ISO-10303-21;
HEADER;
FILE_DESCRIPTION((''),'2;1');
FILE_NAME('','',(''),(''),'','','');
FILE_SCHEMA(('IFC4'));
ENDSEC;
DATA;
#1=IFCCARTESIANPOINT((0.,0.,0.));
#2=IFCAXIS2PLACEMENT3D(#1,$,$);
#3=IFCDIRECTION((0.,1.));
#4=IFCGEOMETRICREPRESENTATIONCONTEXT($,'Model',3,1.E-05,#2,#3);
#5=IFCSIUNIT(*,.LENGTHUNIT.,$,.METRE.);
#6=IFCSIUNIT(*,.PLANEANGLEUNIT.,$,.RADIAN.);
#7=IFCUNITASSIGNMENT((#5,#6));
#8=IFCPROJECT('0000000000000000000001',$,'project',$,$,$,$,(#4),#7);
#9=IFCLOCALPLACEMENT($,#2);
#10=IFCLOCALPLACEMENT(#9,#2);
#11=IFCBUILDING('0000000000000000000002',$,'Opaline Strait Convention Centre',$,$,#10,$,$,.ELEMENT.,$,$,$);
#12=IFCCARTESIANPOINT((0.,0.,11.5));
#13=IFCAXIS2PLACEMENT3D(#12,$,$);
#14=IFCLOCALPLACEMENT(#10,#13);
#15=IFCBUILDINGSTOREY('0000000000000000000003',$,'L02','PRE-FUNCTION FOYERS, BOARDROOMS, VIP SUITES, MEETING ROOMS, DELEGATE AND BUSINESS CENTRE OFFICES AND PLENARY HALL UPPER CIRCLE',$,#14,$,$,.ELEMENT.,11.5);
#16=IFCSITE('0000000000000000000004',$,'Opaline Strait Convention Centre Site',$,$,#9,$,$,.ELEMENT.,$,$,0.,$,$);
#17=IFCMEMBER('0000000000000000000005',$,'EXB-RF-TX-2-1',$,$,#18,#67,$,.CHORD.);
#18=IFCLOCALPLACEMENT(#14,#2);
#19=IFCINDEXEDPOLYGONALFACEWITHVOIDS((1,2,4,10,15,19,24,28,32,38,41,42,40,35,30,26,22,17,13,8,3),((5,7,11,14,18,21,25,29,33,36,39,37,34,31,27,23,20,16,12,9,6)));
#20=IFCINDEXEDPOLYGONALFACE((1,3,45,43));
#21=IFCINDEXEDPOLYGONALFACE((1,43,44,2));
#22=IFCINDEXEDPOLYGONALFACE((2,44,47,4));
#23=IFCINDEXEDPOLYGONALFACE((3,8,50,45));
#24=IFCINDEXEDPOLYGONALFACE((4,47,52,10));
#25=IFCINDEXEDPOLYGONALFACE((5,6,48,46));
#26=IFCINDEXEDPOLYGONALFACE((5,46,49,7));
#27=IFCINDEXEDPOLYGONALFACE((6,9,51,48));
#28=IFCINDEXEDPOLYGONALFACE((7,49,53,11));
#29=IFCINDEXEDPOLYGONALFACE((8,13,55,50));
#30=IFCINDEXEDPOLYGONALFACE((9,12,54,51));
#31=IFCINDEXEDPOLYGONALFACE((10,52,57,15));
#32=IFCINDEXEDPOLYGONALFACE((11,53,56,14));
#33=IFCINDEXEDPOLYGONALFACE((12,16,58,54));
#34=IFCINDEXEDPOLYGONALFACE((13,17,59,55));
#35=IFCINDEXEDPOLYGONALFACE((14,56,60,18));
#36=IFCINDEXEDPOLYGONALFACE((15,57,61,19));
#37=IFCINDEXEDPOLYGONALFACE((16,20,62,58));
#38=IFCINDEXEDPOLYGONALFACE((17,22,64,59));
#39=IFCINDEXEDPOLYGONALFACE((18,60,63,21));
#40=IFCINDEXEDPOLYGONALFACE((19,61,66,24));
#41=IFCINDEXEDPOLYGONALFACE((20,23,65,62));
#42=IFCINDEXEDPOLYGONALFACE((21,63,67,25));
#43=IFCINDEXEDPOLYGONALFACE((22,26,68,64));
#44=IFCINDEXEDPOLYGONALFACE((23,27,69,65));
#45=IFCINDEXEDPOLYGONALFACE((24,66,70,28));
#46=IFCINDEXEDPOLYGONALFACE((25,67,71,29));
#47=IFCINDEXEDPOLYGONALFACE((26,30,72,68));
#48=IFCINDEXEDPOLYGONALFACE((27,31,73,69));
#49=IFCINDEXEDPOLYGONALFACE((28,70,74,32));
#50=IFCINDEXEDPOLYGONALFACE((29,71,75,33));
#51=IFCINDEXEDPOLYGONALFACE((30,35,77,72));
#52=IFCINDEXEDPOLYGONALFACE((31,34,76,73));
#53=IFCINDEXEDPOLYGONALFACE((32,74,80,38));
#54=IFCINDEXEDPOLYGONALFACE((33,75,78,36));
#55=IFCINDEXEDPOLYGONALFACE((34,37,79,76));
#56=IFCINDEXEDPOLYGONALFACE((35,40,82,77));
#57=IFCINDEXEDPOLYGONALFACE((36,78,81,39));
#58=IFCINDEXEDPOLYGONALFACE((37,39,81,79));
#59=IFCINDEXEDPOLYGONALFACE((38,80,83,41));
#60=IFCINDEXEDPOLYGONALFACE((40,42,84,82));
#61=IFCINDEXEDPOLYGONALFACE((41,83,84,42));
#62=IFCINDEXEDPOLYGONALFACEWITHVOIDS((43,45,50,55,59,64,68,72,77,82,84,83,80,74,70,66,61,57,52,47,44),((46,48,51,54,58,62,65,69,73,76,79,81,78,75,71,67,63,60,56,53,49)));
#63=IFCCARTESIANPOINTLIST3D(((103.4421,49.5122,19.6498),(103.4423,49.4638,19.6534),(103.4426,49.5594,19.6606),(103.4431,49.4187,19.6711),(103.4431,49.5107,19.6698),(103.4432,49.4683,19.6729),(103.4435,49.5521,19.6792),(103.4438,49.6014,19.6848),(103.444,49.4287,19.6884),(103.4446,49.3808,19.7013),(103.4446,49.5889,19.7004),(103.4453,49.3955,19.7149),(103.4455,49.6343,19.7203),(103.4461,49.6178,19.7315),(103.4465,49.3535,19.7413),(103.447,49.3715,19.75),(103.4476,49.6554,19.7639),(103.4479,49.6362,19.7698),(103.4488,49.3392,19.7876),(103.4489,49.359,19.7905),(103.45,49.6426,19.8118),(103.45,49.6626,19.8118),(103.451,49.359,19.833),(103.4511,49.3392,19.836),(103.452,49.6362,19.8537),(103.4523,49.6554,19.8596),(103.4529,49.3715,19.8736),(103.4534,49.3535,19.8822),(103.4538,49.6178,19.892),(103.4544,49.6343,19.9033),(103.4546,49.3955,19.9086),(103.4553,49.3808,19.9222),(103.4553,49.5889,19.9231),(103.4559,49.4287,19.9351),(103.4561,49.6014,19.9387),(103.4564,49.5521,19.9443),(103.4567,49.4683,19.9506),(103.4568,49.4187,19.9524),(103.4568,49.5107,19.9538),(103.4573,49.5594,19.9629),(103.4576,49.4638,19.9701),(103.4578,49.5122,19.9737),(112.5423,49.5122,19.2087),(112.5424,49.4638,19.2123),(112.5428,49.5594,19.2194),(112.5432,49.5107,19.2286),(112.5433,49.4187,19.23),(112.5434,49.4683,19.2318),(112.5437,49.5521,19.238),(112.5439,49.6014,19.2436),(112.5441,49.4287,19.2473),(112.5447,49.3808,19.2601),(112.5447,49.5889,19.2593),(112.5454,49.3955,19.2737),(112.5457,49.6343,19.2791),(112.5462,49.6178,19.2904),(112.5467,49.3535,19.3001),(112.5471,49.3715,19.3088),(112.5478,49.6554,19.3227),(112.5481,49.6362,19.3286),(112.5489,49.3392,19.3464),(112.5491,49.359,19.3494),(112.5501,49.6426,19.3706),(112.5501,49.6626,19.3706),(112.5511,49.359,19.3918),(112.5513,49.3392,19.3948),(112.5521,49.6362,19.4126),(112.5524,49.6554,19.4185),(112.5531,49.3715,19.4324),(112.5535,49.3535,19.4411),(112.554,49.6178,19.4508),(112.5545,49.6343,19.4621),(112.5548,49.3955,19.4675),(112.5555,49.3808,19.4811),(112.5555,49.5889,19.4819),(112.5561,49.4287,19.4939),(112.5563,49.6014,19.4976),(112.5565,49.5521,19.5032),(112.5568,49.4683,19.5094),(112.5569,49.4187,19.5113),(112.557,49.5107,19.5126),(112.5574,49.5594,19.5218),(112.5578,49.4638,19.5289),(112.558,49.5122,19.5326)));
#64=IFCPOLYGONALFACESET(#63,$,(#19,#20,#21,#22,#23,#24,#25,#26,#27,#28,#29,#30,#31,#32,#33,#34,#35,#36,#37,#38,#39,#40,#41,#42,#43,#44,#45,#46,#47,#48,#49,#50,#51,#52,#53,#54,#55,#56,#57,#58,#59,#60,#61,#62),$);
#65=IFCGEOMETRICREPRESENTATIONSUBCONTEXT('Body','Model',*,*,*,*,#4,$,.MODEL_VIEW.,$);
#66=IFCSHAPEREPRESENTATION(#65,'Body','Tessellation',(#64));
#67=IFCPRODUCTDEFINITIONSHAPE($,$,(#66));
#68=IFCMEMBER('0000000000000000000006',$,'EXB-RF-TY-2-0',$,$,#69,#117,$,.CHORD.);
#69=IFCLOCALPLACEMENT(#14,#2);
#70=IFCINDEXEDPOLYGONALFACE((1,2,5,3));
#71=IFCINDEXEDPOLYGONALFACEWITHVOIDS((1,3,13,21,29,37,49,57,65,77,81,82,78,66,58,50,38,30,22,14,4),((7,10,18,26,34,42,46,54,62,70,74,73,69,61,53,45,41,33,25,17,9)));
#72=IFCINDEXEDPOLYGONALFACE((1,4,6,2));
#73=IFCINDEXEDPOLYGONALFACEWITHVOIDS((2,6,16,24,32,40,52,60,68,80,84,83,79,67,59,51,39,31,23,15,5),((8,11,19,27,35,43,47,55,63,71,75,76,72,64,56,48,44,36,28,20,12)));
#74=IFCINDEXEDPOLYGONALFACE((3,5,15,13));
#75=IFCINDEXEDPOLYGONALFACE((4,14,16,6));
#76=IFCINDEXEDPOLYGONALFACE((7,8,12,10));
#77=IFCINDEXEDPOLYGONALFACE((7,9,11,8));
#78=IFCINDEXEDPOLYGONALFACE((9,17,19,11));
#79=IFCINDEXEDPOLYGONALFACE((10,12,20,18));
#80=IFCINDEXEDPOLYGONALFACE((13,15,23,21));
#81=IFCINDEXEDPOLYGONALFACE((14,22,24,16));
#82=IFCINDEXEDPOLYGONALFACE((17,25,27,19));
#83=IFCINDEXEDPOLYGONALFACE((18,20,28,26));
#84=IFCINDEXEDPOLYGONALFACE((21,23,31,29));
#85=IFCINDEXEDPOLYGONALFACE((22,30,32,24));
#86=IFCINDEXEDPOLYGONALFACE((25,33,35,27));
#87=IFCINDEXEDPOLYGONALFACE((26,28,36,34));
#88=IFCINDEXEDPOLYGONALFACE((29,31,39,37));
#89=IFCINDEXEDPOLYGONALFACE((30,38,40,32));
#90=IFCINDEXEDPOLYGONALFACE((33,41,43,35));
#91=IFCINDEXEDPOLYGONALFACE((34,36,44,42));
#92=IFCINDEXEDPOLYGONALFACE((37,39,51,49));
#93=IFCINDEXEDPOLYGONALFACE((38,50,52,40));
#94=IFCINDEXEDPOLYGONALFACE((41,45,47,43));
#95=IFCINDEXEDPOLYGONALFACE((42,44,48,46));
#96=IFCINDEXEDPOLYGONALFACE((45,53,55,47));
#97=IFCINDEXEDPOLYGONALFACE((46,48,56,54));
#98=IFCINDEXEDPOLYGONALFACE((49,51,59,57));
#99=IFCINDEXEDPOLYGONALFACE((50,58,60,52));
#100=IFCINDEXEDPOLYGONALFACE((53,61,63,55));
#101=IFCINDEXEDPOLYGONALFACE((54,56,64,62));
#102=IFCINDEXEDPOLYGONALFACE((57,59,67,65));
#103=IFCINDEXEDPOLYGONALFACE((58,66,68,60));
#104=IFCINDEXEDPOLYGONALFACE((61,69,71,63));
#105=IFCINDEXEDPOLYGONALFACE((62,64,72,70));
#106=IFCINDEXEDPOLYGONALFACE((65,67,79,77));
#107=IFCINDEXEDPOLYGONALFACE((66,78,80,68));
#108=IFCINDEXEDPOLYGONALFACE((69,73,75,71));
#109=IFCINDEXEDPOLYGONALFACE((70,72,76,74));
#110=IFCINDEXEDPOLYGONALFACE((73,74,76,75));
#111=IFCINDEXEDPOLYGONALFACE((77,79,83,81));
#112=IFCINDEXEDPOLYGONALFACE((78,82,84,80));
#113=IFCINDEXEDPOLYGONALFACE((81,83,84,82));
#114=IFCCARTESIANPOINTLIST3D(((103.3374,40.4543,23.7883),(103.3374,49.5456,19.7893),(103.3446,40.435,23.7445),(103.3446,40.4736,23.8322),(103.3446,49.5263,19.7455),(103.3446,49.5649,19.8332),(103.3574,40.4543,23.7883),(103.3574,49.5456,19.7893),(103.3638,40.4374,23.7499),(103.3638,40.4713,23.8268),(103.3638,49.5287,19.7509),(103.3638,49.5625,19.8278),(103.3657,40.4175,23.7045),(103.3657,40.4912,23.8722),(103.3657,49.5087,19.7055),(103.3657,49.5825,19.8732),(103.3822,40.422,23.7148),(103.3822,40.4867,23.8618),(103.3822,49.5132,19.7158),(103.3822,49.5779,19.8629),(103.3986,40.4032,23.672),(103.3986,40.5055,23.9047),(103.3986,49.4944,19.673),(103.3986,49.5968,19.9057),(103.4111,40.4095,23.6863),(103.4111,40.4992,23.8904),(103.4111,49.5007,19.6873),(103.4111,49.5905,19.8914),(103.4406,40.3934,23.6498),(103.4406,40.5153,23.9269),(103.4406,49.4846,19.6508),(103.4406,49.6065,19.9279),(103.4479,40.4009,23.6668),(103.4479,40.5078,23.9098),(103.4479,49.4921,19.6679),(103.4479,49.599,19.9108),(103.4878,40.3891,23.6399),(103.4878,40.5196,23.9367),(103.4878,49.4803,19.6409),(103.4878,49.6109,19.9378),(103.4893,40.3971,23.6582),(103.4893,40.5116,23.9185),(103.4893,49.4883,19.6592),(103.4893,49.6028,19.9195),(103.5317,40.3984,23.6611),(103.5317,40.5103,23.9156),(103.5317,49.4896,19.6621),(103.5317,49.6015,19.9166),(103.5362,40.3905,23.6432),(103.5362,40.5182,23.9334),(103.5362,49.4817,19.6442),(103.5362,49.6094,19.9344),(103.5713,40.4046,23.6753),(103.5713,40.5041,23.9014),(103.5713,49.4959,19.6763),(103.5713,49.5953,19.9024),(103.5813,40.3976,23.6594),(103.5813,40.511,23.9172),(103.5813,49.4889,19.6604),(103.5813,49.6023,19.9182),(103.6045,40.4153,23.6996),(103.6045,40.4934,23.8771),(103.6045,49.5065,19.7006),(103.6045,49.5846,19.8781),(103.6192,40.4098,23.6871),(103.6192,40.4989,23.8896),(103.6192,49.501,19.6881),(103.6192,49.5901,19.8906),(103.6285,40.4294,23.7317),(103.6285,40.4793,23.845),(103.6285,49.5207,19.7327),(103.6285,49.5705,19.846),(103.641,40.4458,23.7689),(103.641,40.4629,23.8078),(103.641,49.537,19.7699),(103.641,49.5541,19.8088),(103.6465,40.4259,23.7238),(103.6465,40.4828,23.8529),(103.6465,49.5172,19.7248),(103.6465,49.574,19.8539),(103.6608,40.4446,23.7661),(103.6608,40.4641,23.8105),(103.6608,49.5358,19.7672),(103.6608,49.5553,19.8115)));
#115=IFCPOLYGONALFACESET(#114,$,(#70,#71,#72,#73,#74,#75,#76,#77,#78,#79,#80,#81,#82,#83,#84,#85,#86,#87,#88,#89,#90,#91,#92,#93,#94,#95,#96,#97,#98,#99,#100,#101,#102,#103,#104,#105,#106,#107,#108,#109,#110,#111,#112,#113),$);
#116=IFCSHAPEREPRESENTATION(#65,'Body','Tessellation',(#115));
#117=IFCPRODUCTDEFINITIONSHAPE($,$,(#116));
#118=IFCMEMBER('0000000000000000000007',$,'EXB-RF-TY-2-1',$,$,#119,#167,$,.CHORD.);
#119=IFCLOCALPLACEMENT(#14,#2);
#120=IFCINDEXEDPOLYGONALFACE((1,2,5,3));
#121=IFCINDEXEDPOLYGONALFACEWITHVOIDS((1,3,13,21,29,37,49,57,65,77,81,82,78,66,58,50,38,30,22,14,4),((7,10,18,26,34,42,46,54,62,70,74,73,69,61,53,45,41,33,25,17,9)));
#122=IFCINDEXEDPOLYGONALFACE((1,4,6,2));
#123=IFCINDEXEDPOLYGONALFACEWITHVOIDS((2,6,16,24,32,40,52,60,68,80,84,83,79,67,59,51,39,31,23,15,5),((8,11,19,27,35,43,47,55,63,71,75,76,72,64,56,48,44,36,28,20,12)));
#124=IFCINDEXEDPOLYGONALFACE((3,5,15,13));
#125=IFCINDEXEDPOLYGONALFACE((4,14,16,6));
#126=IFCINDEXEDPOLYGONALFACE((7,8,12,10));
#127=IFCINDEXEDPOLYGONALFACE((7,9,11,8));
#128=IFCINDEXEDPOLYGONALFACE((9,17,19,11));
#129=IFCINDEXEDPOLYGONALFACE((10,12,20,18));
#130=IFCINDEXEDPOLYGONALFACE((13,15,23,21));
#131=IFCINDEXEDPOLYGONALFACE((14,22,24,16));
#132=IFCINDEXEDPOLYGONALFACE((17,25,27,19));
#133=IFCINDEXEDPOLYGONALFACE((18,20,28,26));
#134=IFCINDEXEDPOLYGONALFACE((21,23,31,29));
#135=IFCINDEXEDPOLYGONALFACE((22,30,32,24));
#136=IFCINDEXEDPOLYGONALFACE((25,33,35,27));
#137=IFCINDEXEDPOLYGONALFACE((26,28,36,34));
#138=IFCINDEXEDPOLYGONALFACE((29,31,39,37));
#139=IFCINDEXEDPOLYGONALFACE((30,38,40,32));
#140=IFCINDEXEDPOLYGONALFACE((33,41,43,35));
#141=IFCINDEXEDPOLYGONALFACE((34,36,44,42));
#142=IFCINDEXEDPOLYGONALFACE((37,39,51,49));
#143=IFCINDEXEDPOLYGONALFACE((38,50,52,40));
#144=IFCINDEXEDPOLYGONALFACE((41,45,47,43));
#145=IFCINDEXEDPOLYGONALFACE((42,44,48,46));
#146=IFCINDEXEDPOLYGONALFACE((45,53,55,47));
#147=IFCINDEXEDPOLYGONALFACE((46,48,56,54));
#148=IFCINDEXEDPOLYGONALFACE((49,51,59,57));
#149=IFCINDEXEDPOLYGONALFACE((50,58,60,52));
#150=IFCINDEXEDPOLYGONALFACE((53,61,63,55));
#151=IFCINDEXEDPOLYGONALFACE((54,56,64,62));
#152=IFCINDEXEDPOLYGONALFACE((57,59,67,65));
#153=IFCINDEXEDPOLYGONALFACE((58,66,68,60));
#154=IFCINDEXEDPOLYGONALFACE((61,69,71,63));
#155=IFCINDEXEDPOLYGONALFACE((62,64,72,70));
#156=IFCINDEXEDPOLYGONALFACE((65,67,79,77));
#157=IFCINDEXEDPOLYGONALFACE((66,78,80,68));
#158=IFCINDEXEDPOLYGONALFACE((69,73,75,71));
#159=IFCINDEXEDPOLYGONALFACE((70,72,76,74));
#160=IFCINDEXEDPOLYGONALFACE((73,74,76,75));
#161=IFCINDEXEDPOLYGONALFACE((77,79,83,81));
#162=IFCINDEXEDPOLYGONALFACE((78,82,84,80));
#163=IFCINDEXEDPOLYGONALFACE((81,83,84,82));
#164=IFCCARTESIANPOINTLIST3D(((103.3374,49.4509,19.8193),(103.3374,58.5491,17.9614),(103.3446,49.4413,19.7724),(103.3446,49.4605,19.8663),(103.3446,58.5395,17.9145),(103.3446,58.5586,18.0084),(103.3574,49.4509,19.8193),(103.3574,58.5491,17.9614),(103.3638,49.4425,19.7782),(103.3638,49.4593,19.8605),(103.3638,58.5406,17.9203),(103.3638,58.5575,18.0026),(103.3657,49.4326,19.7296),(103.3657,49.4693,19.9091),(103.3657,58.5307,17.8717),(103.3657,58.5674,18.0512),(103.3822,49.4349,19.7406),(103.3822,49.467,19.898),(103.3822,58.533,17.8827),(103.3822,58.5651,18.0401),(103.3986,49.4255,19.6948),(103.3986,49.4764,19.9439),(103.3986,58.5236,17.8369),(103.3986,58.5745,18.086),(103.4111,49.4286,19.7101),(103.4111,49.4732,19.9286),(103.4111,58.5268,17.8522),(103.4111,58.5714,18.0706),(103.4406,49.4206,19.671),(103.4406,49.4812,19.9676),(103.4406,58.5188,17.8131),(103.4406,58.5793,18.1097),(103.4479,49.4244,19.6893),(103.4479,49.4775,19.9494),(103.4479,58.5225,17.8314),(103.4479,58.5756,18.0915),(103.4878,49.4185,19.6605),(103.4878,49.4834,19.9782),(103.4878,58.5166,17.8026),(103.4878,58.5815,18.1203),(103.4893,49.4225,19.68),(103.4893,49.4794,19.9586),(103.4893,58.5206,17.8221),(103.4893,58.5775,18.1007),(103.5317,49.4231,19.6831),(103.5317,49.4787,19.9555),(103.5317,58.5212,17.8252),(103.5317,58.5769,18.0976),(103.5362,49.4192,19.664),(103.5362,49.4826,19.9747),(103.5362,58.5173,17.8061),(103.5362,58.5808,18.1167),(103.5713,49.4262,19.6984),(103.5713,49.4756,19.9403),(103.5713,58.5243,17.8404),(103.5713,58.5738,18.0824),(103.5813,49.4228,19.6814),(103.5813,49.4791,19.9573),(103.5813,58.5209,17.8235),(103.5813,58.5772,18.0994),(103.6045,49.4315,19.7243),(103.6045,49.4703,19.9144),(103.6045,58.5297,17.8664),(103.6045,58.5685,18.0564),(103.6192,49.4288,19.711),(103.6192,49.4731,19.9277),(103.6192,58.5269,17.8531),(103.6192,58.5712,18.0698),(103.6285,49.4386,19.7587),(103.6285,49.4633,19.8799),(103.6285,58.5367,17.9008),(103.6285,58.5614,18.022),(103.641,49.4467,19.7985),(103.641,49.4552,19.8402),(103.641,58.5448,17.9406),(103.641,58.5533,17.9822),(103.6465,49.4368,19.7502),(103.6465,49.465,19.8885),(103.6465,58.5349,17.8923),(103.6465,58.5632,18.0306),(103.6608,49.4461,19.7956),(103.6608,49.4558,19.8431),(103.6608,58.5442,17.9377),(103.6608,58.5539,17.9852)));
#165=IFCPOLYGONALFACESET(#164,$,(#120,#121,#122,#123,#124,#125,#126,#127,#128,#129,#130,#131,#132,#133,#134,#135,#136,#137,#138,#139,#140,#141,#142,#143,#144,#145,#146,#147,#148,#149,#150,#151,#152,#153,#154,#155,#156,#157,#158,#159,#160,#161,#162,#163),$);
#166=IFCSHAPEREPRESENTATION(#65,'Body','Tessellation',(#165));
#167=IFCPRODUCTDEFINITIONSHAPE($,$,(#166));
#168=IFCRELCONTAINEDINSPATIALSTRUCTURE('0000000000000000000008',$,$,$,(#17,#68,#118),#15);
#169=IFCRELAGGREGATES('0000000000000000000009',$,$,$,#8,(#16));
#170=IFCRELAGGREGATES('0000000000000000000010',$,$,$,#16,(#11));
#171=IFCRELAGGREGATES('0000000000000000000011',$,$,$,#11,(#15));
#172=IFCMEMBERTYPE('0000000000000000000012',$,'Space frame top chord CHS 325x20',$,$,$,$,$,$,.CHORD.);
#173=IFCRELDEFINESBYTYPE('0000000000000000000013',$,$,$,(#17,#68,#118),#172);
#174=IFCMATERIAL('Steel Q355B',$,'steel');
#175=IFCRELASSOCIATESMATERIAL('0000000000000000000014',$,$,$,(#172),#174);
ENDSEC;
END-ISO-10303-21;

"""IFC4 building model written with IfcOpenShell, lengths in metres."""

from ifc_helpers import new_model, si_unit, direction, frame, origin, origin_2d, place, context, subcontext, project, spatial, hollow_circle, extrude, material, material_profile, profile_set, type_object, element, save


model = new_model("IFC4")

# Units and contexts
model_context = context("Model", 3, precision=1e-05, world=origin(), true_north=direction((0.0, 1.0)))
body_context = subcontext(model_context, "Body", "Model", "MODEL_VIEW")
ifc_project = project(units=[si_unit("LENGTHUNIT", "METRE"), si_unit("PLANEANGLEUNIT", "RADIAN")], contexts=[model_context])

# Site, building, storey
site_placement = place(None, origin())
site = spatial("IfcSite", under=ifc_project, at=site_placement, Name="Opaline Strait Convention Centre Site", CompositionType="ELEMENT", RefElevation=0.0)
building_placement = place(site_placement, origin())
building = spatial("IfcBuilding", under=site, at=building_placement, Name="Opaline Strait Convention Centre", CompositionType="ELEMENT")
storey_placement = place(building_placement, frame((0.0, 0.0, 11.5)))
storey = spatial("IfcBuildingStorey", under=building, at=storey_placement, Name="L02", Description="PRE-FUNCTION FOYERS, BOARDROOMS, VIP SUITES, MEETING ROOMS, DELEGATE AND BUSINESS CENTRE OFFICES AND PLENARY HALL UPPER CIRCLE", CompositionType="ELEMENT", Elevation=11.5)

# Members
ifc_material_1 = material(Name="Steel Q355B", Category="steel")
ifc_material_profile_1 = material_profile(ifc_material_1, hollow_circle(Radius=0.1626, WallThickness=0.02, at=origin_2d()), Name="CHS 325x20")
ifc_profile_set_1 = profile_set([ifc_material_profile_1], Name="Steel Q355B")
member_type_1 = type_object("IfcMemberType", Name="Space frame top chord CHS 325x20", PredefinedType="CHORD", material=ifc_profile_set_1)
member_1_placement = place(storey_placement, frame((103.45, 49.5, 19.8118), z_axis=(0.998827, 0.0, -0.048422), x_axis=(0.0, 1.0, 0.0)))
element("IfcMember", 1, at=member_1_placement, inside=storey, type_object=member_type_1, Name="EXB-RF-TX-2-1", PredefinedType="CHORD", context=body_context, shape_type="SweptSolid", body=[
    extrude(hollow_circle(Radius=0.1626, WallThickness=0.02, at=origin_2d()), origin(), (0.0, 0.0, 1.0), 9.1108),
])
member_2_placement = place(storey_placement, frame((103.5, 40.4543, 23.7883), z_axis=(0.0, 0.915358, -0.402641), x_axis=(-1.0, 0.0, 0.0)))
element("IfcMember", 2, at=member_2_placement, inside=storey, type_object=member_type_1, Name="EXB-RF-TY-2-0", PredefinedType="CHORD", context=body_context, shape_type="SweptSolid", body=[
    extrude(hollow_circle(Radius=0.1626, WallThickness=0.02, at=origin_2d()), origin(), (0.0, 0.0, 1.0), 9.9319),
])
member_3_placement = place(storey_placement, frame((103.5, 49.4509, 19.8193), z_axis=(0.0, 0.97978, -0.200078), x_axis=(-1.0, 0.0, 0.0)))
element("IfcMember", 3, at=member_3_placement, inside=storey, type_object=member_type_1, Name="EXB-RF-TY-2-1", PredefinedType="CHORD", context=body_context, shape_type="SweptSolid", body=[
    extrude(hollow_circle(Radius=0.1626, WallThickness=0.02, at=origin_2d()), origin(), (0.0, 0.0, 1.0), 9.2859),
])

save(model, "model.ifc")
